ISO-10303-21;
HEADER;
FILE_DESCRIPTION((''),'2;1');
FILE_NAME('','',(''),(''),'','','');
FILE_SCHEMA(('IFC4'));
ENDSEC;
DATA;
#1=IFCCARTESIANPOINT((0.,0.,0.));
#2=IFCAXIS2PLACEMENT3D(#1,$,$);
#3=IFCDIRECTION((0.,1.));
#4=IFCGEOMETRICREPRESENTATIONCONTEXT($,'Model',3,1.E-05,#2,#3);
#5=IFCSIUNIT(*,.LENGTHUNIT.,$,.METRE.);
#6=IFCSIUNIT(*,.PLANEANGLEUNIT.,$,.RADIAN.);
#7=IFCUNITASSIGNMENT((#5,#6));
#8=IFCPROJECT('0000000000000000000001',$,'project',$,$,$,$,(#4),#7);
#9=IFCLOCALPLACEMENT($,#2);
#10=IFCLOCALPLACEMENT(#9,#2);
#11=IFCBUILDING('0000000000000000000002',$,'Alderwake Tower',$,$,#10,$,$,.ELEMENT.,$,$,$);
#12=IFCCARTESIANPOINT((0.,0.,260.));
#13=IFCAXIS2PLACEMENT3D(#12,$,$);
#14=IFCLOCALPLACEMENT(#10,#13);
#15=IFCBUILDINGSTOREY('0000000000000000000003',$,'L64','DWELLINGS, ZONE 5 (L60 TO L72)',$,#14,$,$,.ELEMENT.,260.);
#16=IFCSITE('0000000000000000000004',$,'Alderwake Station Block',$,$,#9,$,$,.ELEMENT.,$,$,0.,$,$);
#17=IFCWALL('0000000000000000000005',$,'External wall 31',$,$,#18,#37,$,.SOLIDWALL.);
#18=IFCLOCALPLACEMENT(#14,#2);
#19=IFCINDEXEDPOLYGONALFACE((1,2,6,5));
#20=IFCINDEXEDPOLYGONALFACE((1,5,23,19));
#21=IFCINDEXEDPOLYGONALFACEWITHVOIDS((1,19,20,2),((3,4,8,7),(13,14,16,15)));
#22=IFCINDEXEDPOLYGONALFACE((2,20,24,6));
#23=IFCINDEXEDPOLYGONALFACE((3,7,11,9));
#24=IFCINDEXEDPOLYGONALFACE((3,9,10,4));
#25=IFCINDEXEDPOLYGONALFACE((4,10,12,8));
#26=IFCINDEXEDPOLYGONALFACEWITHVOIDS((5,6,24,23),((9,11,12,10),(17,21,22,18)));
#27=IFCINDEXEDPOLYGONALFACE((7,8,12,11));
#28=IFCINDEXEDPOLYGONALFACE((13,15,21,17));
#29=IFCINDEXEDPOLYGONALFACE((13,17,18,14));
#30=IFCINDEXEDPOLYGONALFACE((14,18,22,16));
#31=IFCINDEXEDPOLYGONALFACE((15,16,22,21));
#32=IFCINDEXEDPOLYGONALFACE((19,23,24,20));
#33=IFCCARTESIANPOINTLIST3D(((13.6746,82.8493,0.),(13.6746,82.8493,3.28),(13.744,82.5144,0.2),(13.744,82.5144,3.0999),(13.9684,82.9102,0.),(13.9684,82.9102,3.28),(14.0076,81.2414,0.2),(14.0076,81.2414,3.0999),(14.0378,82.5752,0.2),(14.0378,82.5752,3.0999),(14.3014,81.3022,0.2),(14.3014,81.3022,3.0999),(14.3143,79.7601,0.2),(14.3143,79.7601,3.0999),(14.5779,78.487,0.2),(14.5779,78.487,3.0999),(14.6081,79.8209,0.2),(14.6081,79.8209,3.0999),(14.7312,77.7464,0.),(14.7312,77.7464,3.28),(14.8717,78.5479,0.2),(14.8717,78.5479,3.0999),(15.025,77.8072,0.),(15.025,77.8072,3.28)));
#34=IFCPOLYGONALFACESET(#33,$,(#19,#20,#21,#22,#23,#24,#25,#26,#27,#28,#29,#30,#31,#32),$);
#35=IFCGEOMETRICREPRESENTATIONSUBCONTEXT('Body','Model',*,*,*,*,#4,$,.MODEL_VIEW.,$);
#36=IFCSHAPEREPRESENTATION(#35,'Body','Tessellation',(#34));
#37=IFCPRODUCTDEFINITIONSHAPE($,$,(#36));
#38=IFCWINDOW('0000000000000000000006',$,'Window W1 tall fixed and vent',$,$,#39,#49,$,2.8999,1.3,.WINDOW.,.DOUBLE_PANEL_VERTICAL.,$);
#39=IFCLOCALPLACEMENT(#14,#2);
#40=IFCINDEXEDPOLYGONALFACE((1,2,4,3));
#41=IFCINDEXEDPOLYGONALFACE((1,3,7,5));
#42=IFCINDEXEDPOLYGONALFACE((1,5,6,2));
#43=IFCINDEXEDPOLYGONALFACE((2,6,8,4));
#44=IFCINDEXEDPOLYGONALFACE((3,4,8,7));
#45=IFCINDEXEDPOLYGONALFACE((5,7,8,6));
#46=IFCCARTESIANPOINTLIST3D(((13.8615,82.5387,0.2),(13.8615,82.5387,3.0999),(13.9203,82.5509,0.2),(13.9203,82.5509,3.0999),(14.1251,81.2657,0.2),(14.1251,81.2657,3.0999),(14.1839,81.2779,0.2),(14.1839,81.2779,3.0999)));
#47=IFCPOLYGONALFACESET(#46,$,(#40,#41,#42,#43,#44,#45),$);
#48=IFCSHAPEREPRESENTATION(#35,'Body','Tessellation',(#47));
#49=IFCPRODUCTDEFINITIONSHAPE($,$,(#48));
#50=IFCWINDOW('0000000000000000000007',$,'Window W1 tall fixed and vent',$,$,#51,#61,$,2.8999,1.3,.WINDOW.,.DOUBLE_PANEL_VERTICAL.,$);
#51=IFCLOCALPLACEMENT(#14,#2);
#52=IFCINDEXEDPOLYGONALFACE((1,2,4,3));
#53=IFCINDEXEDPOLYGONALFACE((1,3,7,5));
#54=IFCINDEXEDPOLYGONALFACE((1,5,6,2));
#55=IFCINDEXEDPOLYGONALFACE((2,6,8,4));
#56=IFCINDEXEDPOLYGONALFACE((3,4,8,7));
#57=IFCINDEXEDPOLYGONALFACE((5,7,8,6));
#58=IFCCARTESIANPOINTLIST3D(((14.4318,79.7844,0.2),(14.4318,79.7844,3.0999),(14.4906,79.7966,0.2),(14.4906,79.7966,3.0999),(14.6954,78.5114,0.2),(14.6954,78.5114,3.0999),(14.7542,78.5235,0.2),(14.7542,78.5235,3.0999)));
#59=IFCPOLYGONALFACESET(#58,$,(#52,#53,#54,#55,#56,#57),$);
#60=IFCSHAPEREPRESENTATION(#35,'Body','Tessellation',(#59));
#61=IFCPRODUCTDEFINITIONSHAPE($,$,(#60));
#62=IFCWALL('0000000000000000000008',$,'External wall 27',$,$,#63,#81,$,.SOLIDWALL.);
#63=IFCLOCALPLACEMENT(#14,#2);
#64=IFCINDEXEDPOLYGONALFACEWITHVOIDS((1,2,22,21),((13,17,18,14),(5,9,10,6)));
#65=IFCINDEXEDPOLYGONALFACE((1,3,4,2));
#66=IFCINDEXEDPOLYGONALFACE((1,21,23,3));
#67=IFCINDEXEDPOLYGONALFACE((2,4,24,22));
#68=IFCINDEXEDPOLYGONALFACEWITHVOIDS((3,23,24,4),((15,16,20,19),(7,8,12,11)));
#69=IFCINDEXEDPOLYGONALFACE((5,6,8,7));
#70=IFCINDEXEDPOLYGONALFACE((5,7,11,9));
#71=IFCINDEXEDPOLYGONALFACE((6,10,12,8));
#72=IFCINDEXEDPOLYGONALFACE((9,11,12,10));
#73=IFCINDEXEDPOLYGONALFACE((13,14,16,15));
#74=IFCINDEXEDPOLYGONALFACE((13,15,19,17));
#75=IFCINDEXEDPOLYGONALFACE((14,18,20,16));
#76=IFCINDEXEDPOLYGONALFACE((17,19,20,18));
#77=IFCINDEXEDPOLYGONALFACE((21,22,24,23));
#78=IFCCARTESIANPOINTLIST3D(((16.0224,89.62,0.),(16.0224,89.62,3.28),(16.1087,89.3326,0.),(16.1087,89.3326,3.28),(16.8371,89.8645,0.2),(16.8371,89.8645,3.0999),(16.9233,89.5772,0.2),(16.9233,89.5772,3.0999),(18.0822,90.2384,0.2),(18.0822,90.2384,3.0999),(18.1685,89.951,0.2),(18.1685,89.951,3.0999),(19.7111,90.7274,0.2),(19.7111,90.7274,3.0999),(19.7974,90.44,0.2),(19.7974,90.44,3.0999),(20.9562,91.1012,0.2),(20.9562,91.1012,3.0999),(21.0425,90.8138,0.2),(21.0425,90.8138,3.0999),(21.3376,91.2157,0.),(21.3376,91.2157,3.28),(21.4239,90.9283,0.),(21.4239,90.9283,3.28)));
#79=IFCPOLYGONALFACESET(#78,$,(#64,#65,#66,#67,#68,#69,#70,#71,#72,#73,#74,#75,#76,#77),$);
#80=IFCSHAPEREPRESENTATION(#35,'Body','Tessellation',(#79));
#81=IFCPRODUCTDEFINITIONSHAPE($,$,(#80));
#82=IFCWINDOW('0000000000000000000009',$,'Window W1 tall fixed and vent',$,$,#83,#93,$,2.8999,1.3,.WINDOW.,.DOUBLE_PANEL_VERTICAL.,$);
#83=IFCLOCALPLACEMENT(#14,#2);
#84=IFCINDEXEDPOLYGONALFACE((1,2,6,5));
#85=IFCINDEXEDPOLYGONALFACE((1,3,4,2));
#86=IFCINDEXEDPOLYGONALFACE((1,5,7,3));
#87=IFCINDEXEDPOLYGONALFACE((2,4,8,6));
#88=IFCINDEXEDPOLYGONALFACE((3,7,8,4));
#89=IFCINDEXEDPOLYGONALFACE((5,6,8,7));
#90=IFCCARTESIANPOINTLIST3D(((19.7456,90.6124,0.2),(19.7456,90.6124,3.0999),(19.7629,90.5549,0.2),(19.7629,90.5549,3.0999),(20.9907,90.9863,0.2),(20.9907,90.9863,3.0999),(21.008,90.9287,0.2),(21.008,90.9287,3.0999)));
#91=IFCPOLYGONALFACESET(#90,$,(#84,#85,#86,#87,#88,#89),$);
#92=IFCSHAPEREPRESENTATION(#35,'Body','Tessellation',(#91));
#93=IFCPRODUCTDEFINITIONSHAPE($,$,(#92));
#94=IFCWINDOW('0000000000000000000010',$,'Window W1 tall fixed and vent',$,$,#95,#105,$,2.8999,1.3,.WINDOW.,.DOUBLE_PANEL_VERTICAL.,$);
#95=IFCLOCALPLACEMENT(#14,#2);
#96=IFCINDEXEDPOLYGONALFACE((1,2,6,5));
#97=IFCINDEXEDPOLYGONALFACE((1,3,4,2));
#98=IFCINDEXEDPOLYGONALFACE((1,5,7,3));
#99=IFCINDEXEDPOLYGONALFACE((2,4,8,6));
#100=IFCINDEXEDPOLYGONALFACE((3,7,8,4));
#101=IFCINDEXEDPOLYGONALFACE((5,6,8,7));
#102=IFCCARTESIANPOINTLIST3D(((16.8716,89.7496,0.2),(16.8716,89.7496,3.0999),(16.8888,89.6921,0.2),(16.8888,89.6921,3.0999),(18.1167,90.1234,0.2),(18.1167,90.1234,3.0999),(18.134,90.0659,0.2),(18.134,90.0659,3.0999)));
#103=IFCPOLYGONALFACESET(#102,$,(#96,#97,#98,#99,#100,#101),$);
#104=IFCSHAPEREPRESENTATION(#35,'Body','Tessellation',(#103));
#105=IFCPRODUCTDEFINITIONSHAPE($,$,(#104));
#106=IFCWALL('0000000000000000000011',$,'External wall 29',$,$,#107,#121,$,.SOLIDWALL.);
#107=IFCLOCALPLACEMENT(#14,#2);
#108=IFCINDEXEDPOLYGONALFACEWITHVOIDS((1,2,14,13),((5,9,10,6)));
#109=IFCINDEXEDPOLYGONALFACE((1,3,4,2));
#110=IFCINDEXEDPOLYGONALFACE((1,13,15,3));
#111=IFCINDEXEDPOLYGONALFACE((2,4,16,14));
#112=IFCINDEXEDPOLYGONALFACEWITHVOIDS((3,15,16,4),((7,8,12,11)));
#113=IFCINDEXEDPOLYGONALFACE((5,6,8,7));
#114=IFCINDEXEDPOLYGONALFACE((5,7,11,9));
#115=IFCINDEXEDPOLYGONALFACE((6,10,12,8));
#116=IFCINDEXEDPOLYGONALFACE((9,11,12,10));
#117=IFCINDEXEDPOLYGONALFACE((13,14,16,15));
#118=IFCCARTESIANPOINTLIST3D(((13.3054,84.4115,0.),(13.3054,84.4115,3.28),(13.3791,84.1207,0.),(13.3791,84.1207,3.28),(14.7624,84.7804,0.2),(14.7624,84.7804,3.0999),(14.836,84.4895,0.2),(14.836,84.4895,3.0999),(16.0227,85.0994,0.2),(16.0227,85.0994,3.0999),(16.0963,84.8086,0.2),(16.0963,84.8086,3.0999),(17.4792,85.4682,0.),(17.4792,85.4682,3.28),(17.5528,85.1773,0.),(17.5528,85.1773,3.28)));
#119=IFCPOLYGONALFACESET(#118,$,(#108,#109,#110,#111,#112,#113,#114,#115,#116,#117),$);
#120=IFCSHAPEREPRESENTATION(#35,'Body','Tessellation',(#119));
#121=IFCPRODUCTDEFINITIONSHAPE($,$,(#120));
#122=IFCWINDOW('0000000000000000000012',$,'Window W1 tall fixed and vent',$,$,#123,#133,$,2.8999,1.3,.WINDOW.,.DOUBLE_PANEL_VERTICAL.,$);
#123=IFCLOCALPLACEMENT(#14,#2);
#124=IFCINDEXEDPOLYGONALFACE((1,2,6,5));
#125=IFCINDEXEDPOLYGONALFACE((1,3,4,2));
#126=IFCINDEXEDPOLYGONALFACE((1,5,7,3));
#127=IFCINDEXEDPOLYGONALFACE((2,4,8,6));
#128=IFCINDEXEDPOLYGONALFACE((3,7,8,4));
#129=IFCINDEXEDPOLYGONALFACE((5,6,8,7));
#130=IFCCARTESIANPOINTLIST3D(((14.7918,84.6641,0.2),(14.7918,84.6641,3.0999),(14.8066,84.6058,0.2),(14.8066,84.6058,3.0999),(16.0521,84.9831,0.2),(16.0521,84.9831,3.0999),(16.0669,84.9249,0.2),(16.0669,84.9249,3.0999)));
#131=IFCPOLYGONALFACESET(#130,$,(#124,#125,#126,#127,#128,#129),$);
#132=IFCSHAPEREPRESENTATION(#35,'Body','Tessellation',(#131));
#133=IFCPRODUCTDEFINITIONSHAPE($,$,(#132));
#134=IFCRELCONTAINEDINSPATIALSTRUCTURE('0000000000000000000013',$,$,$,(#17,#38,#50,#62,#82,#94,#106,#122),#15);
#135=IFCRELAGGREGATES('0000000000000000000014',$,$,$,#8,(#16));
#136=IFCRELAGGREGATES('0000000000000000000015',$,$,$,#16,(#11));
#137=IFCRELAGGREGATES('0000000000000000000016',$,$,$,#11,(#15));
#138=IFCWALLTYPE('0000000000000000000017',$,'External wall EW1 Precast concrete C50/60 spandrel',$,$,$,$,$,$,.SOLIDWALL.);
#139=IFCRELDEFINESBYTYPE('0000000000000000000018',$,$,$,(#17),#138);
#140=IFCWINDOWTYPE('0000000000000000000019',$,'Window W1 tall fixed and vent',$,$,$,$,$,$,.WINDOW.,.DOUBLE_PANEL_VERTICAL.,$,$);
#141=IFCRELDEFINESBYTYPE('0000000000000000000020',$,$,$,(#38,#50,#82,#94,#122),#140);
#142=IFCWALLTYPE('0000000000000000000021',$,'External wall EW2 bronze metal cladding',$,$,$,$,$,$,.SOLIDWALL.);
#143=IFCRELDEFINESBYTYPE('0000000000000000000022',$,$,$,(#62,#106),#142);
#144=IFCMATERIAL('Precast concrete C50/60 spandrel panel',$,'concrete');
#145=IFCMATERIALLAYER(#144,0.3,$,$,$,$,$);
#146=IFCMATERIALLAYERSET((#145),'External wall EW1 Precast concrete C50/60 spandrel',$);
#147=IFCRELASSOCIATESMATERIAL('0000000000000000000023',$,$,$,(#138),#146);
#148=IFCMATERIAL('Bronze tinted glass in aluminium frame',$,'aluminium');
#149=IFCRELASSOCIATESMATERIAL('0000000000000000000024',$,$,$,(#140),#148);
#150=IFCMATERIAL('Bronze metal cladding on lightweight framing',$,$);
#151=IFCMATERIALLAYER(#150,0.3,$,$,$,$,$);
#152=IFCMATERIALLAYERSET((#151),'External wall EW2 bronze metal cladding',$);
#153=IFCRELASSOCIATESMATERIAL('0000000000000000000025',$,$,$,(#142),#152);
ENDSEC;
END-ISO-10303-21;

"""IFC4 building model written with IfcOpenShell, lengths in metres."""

from ifc_helpers import new_model, si_unit, direction, frame, frame_2d, origin, place, context, subcontext, project, spatial, rectangle, extrude, material, layer, layer_set, type_object, element, fill, save


model = new_model("IFC4")

# Units and contexts
model_context = context("Model", 3, precision=1e-05, world=origin(), true_north=direction((0.0, 1.0)))
body_context = subcontext(model_context, "Body", "Model", "MODEL_VIEW")
ifc_project = project(units=[si_unit("LENGTHUNIT", "METRE"), si_unit("PLANEANGLEUNIT", "RADIAN")], contexts=[model_context])

# Site, building, storey
site_placement = place(None, origin())
site = spatial("IfcSite", under=ifc_project, at=site_placement, Name="Alderwake Station Block", CompositionType="ELEMENT", RefElevation=0.0)
building_placement = place(site_placement, origin())
building = spatial("IfcBuilding", under=site, at=building_placement, Name="Alderwake Tower", CompositionType="ELEMENT")
storey_placement = place(building_placement, frame((0.0, 0.0, 260.0)))
storey = spatial("IfcBuildingStorey", under=building, at=storey_placement, Name="L64", Description="DWELLINGS, ZONE 5 (L60 TO L72)", CompositionType="ELEMENT", Elevation=260.0)

# Shared definitions
ifc_material_1 = material(Name="Precast concrete C50/60 spandrel panel", Category="concrete")
ifc_layer_1 = layer(ifc_material_1, 0.3)
ifc_layer_set_1 = layer_set([ifc_layer_1], Name="External wall EW1 Precast concrete C50/60 spandrel")
wall_type_1 = type_object("IfcWallType", Name="External wall EW1 Precast concrete C50/60 spandrel", PredefinedType="SOLIDWALL", material=ifc_layer_set_1)

# Walls, openings, windows
wall_1_placement = place(storey_placement, frame((13.8215, 82.8796, 0.0), z_axis=(0.0, 0.0, 1.0), x_axis=(0.202761, -0.979228, 0.0)))
wall_1 = element("IfcWall", 1, at=wall_1_placement, inside=storey, type_object=wall_type_1, Name="External wall 31", PredefinedType="SOLIDWALL", context=body_context, shape_type="SweptSolid", body=[
    extrude(rectangle(XDim=5.2112, YDim=0.3, at=frame_2d((2.6055, 0.0))), origin(), (0.0, 0.0, 1.0), 3.28),
])
opening_1_placement = place(wall_1_placement, frame((0.342, 0.0, 0.2)))
opening_1 = element("IfcOpeningElement", 2, at=opening_1_placement, cuts=wall_1, PredefinedType="OPENING", context=body_context, shape_type="SweptSolid", body=[
    extrude(rectangle(XDim=1.3, YDim=2.8999, at=frame_2d((0.6499, 1.45))), frame((0.0, 0.1599, 0.0), z_axis=(0.0, -1.0, 0.0), x_axis=(1.0, 0.0, 0.0)), (0.0, 0.0, 1.0), 0.3201),
])
opening_2_placement = place(wall_1_placement, frame((3.1548, 0.0, 0.2)))
opening_2 = element("IfcOpeningElement", 3, at=opening_2_placement, cuts=wall_1, PredefinedType="OPENING", context=body_context, shape_type="SweptSolid", body=[
    extrude(rectangle(XDim=1.3, YDim=2.8999, at=frame_2d((0.6499, 1.45))), frame((0.0, 0.1599, 0.0), z_axis=(0.0, -1.0, 0.0), x_axis=(1.0, 0.0, 0.0)), (0.0, 0.0, 1.0), 0.3201),
])
ifc_material_2 = material(Name="Bronze tinted glass in aluminium frame", Category="aluminium")
window_type = type_object("IfcWindowType", Name="Window W1 tall fixed and vent", PartitioningType="DOUBLE_PANEL_VERTICAL", PredefinedType="WINDOW", material=ifc_material_2)
window_1_placement = place(opening_1_placement, origin())
window_1 = element("IfcWindow", 4, at=window_1_placement, inside=storey, type_object=window_type, Name="Window W1 tall fixed and vent", OverallHeight=2.8999, OverallWidth=1.3, PartitioningType="DOUBLE_PANEL_VERTICAL", PredefinedType="WINDOW", context=body_context, shape_type="SweptSolid", body=[
    extrude(rectangle(XDim=1.3, YDim=2.8999, at=frame_2d((0.6499, 1.45))), frame((0.0, 0.03, 0.0), z_axis=(0.0, -1.0, 0.0), x_axis=(1.0, 0.0, 0.0)), (0.0, 0.0, 1.0), 0.0601),
])
fill(opening_1, window_1)
window_2_placement = place(opening_2_placement, origin())
window_2 = element("IfcWindow", 5, at=window_2_placement, inside=storey, type_object=window_type, Name="Window W1 tall fixed and vent", OverallHeight=2.8999, OverallWidth=1.3, PartitioningType="DOUBLE_PANEL_VERTICAL", PredefinedType="WINDOW", context=body_context, shape_type="SweptSolid", body=[
    extrude(rectangle(XDim=1.3, YDim=2.8999, at=frame_2d((0.6499, 1.45))), frame((0.0, 0.03, 0.0), z_axis=(0.0, -1.0, 0.0), x_axis=(1.0, 0.0, 0.0)), (0.0, 0.0, 1.0), 0.0601),
])
fill(opening_2, window_2)
ifc_material_3 = material(Name="Bronze metal cladding on lightweight framing")
ifc_layer_2 = layer(ifc_material_3, 0.3)
ifc_layer_set_2 = layer_set([ifc_layer_2], Name="External wall EW2 bronze metal cladding")
wall_type_2 = type_object("IfcWallType", Name="External wall EW2 bronze metal cladding", PredefinedType="SOLIDWALL", material=ifc_layer_set_2)
wall_2_placement = place(storey_placement, frame((21.3809, 91.072, 0.0), z_axis=(0.0, 0.0, 1.0), x_axis=(-0.957769, -0.287538, 0.0)))
wall_2 = element("IfcWall", 6, at=wall_2_placement, inside=storey, type_object=wall_type_2, Name="External wall 27", PredefinedType="SOLIDWALL", context=body_context, shape_type="SweptSolid", body=[
    extrude(rectangle(XDim=5.5496, YDim=0.3, at=frame_2d((2.7749, 0.0))), origin(), (0.0, 0.0, 1.0), 3.28),
])
opening_3_placement = place(wall_2_placement, frame((0.3984, 0.0, 0.2)))
opening_3 = element("IfcOpeningElement", 7, at=opening_3_placement, cuts=wall_2, PredefinedType="OPENING", context=body_context, shape_type="SweptSolid", body=[
    extrude(rectangle(XDim=1.3, YDim=2.8999, at=frame_2d((0.6499, 1.45))), frame((0.0, 0.1599, 0.0), z_axis=(0.0, -1.0, 0.0), x_axis=(1.0, 0.0, 0.0)), (0.0, 0.0, 1.0), 0.3201),
])
opening_4_placement = place(wall_2_placement, frame((3.3992, 0.0, 0.2)))
opening_4 = element("IfcOpeningElement", 8, at=opening_4_placement, cuts=wall_2, PredefinedType="OPENING", context=body_context, shape_type="SweptSolid", body=[
    extrude(rectangle(XDim=1.3, YDim=2.8999, at=frame_2d((0.6499, 1.45))), frame((0.0, 0.1599, 0.0), z_axis=(0.0, -1.0, 0.0), x_axis=(1.0, 0.0, 0.0)), (0.0, 0.0, 1.0), 0.3201),
])
window_3_placement = place(opening_3_placement, origin())
window_3 = element("IfcWindow", 9, at=window_3_placement, inside=storey, type_object=window_type, Name="Window W1 tall fixed and vent", OverallHeight=2.8999, OverallWidth=1.3, PartitioningType="DOUBLE_PANEL_VERTICAL", PredefinedType="WINDOW", context=body_context, shape_type="SweptSolid", body=[
    extrude(rectangle(XDim=1.3, YDim=2.8999, at=frame_2d((0.6499, 1.45))), frame((0.0, 0.03, 0.0), z_axis=(0.0, -1.0, 0.0), x_axis=(1.0, 0.0, 0.0)), (0.0, 0.0, 1.0), 0.0601),
])
fill(opening_3, window_3)
window_4_placement = place(opening_4_placement, origin())
window_4 = element("IfcWindow", 10, at=window_4_placement, inside=storey, type_object=window_type, Name="Window W1 tall fixed and vent", OverallHeight=2.8999, OverallWidth=1.3, PartitioningType="DOUBLE_PANEL_VERTICAL", PredefinedType="WINDOW", context=body_context, shape_type="SweptSolid", body=[
    extrude(rectangle(XDim=1.3, YDim=2.8999, at=frame_2d((0.6499, 1.45))), frame((0.0, 0.03, 0.0), z_axis=(0.0, -1.0, 0.0), x_axis=(1.0, 0.0, 0.0)), (0.0, 0.0, 1.0), 0.0601),
])
fill(opening_4, window_4)

# Wall, opening, window
wall_3_placement = place(storey_placement, frame((17.5161, 85.3228, 0.0), z_axis=(0.0, 0.0, 1.0), x_axis=(-0.969418, -0.245416, 0.0)))
wall_3 = element("IfcWall", 11, at=wall_3_placement, inside=storey, type_object=wall_type_2, Name="External wall 29", PredefinedType="SOLIDWALL", context=body_context, shape_type="SweptSolid", body=[
    extrude(rectangle(XDim=4.3054, YDim=0.3, at=frame_2d((2.1528, 0.0))), origin(), (0.0, 0.0, 1.0), 3.28),
])
opening_5_placement = place(wall_3_placement, frame((1.5027, 0.0, 0.2)))
opening_5 = element("IfcOpeningElement", 12, at=opening_5_placement, cuts=wall_3, PredefinedType="OPENING", context=body_context, shape_type="SweptSolid", body=[
    extrude(rectangle(XDim=1.3, YDim=2.8999, at=frame_2d((0.6499, 1.45))), frame((0.0, 0.1599, 0.0), z_axis=(0.0, -1.0, 0.0), x_axis=(1.0, 0.0, 0.0)), (0.0, 0.0, 1.0), 0.3201),
])
window_5_placement = place(opening_5_placement, origin())
window_5 = element("IfcWindow", 13, at=window_5_placement, inside=storey, type_object=window_type, Name="Window W1 tall fixed and vent", OverallHeight=2.8999, OverallWidth=1.3, PartitioningType="DOUBLE_PANEL_VERTICAL", PredefinedType="WINDOW", context=body_context, shape_type="SweptSolid", body=[
    extrude(rectangle(XDim=1.3, YDim=2.8999, at=frame_2d((0.6499, 1.45))), frame((0.0, 0.03, 0.0), z_axis=(0.0, -1.0, 0.0), x_axis=(1.0, 0.0, 0.0)), (0.0, 0.0, 1.0), 0.0601),
])
fill(opening_5, window_5)

save(model, "model.ifc")
